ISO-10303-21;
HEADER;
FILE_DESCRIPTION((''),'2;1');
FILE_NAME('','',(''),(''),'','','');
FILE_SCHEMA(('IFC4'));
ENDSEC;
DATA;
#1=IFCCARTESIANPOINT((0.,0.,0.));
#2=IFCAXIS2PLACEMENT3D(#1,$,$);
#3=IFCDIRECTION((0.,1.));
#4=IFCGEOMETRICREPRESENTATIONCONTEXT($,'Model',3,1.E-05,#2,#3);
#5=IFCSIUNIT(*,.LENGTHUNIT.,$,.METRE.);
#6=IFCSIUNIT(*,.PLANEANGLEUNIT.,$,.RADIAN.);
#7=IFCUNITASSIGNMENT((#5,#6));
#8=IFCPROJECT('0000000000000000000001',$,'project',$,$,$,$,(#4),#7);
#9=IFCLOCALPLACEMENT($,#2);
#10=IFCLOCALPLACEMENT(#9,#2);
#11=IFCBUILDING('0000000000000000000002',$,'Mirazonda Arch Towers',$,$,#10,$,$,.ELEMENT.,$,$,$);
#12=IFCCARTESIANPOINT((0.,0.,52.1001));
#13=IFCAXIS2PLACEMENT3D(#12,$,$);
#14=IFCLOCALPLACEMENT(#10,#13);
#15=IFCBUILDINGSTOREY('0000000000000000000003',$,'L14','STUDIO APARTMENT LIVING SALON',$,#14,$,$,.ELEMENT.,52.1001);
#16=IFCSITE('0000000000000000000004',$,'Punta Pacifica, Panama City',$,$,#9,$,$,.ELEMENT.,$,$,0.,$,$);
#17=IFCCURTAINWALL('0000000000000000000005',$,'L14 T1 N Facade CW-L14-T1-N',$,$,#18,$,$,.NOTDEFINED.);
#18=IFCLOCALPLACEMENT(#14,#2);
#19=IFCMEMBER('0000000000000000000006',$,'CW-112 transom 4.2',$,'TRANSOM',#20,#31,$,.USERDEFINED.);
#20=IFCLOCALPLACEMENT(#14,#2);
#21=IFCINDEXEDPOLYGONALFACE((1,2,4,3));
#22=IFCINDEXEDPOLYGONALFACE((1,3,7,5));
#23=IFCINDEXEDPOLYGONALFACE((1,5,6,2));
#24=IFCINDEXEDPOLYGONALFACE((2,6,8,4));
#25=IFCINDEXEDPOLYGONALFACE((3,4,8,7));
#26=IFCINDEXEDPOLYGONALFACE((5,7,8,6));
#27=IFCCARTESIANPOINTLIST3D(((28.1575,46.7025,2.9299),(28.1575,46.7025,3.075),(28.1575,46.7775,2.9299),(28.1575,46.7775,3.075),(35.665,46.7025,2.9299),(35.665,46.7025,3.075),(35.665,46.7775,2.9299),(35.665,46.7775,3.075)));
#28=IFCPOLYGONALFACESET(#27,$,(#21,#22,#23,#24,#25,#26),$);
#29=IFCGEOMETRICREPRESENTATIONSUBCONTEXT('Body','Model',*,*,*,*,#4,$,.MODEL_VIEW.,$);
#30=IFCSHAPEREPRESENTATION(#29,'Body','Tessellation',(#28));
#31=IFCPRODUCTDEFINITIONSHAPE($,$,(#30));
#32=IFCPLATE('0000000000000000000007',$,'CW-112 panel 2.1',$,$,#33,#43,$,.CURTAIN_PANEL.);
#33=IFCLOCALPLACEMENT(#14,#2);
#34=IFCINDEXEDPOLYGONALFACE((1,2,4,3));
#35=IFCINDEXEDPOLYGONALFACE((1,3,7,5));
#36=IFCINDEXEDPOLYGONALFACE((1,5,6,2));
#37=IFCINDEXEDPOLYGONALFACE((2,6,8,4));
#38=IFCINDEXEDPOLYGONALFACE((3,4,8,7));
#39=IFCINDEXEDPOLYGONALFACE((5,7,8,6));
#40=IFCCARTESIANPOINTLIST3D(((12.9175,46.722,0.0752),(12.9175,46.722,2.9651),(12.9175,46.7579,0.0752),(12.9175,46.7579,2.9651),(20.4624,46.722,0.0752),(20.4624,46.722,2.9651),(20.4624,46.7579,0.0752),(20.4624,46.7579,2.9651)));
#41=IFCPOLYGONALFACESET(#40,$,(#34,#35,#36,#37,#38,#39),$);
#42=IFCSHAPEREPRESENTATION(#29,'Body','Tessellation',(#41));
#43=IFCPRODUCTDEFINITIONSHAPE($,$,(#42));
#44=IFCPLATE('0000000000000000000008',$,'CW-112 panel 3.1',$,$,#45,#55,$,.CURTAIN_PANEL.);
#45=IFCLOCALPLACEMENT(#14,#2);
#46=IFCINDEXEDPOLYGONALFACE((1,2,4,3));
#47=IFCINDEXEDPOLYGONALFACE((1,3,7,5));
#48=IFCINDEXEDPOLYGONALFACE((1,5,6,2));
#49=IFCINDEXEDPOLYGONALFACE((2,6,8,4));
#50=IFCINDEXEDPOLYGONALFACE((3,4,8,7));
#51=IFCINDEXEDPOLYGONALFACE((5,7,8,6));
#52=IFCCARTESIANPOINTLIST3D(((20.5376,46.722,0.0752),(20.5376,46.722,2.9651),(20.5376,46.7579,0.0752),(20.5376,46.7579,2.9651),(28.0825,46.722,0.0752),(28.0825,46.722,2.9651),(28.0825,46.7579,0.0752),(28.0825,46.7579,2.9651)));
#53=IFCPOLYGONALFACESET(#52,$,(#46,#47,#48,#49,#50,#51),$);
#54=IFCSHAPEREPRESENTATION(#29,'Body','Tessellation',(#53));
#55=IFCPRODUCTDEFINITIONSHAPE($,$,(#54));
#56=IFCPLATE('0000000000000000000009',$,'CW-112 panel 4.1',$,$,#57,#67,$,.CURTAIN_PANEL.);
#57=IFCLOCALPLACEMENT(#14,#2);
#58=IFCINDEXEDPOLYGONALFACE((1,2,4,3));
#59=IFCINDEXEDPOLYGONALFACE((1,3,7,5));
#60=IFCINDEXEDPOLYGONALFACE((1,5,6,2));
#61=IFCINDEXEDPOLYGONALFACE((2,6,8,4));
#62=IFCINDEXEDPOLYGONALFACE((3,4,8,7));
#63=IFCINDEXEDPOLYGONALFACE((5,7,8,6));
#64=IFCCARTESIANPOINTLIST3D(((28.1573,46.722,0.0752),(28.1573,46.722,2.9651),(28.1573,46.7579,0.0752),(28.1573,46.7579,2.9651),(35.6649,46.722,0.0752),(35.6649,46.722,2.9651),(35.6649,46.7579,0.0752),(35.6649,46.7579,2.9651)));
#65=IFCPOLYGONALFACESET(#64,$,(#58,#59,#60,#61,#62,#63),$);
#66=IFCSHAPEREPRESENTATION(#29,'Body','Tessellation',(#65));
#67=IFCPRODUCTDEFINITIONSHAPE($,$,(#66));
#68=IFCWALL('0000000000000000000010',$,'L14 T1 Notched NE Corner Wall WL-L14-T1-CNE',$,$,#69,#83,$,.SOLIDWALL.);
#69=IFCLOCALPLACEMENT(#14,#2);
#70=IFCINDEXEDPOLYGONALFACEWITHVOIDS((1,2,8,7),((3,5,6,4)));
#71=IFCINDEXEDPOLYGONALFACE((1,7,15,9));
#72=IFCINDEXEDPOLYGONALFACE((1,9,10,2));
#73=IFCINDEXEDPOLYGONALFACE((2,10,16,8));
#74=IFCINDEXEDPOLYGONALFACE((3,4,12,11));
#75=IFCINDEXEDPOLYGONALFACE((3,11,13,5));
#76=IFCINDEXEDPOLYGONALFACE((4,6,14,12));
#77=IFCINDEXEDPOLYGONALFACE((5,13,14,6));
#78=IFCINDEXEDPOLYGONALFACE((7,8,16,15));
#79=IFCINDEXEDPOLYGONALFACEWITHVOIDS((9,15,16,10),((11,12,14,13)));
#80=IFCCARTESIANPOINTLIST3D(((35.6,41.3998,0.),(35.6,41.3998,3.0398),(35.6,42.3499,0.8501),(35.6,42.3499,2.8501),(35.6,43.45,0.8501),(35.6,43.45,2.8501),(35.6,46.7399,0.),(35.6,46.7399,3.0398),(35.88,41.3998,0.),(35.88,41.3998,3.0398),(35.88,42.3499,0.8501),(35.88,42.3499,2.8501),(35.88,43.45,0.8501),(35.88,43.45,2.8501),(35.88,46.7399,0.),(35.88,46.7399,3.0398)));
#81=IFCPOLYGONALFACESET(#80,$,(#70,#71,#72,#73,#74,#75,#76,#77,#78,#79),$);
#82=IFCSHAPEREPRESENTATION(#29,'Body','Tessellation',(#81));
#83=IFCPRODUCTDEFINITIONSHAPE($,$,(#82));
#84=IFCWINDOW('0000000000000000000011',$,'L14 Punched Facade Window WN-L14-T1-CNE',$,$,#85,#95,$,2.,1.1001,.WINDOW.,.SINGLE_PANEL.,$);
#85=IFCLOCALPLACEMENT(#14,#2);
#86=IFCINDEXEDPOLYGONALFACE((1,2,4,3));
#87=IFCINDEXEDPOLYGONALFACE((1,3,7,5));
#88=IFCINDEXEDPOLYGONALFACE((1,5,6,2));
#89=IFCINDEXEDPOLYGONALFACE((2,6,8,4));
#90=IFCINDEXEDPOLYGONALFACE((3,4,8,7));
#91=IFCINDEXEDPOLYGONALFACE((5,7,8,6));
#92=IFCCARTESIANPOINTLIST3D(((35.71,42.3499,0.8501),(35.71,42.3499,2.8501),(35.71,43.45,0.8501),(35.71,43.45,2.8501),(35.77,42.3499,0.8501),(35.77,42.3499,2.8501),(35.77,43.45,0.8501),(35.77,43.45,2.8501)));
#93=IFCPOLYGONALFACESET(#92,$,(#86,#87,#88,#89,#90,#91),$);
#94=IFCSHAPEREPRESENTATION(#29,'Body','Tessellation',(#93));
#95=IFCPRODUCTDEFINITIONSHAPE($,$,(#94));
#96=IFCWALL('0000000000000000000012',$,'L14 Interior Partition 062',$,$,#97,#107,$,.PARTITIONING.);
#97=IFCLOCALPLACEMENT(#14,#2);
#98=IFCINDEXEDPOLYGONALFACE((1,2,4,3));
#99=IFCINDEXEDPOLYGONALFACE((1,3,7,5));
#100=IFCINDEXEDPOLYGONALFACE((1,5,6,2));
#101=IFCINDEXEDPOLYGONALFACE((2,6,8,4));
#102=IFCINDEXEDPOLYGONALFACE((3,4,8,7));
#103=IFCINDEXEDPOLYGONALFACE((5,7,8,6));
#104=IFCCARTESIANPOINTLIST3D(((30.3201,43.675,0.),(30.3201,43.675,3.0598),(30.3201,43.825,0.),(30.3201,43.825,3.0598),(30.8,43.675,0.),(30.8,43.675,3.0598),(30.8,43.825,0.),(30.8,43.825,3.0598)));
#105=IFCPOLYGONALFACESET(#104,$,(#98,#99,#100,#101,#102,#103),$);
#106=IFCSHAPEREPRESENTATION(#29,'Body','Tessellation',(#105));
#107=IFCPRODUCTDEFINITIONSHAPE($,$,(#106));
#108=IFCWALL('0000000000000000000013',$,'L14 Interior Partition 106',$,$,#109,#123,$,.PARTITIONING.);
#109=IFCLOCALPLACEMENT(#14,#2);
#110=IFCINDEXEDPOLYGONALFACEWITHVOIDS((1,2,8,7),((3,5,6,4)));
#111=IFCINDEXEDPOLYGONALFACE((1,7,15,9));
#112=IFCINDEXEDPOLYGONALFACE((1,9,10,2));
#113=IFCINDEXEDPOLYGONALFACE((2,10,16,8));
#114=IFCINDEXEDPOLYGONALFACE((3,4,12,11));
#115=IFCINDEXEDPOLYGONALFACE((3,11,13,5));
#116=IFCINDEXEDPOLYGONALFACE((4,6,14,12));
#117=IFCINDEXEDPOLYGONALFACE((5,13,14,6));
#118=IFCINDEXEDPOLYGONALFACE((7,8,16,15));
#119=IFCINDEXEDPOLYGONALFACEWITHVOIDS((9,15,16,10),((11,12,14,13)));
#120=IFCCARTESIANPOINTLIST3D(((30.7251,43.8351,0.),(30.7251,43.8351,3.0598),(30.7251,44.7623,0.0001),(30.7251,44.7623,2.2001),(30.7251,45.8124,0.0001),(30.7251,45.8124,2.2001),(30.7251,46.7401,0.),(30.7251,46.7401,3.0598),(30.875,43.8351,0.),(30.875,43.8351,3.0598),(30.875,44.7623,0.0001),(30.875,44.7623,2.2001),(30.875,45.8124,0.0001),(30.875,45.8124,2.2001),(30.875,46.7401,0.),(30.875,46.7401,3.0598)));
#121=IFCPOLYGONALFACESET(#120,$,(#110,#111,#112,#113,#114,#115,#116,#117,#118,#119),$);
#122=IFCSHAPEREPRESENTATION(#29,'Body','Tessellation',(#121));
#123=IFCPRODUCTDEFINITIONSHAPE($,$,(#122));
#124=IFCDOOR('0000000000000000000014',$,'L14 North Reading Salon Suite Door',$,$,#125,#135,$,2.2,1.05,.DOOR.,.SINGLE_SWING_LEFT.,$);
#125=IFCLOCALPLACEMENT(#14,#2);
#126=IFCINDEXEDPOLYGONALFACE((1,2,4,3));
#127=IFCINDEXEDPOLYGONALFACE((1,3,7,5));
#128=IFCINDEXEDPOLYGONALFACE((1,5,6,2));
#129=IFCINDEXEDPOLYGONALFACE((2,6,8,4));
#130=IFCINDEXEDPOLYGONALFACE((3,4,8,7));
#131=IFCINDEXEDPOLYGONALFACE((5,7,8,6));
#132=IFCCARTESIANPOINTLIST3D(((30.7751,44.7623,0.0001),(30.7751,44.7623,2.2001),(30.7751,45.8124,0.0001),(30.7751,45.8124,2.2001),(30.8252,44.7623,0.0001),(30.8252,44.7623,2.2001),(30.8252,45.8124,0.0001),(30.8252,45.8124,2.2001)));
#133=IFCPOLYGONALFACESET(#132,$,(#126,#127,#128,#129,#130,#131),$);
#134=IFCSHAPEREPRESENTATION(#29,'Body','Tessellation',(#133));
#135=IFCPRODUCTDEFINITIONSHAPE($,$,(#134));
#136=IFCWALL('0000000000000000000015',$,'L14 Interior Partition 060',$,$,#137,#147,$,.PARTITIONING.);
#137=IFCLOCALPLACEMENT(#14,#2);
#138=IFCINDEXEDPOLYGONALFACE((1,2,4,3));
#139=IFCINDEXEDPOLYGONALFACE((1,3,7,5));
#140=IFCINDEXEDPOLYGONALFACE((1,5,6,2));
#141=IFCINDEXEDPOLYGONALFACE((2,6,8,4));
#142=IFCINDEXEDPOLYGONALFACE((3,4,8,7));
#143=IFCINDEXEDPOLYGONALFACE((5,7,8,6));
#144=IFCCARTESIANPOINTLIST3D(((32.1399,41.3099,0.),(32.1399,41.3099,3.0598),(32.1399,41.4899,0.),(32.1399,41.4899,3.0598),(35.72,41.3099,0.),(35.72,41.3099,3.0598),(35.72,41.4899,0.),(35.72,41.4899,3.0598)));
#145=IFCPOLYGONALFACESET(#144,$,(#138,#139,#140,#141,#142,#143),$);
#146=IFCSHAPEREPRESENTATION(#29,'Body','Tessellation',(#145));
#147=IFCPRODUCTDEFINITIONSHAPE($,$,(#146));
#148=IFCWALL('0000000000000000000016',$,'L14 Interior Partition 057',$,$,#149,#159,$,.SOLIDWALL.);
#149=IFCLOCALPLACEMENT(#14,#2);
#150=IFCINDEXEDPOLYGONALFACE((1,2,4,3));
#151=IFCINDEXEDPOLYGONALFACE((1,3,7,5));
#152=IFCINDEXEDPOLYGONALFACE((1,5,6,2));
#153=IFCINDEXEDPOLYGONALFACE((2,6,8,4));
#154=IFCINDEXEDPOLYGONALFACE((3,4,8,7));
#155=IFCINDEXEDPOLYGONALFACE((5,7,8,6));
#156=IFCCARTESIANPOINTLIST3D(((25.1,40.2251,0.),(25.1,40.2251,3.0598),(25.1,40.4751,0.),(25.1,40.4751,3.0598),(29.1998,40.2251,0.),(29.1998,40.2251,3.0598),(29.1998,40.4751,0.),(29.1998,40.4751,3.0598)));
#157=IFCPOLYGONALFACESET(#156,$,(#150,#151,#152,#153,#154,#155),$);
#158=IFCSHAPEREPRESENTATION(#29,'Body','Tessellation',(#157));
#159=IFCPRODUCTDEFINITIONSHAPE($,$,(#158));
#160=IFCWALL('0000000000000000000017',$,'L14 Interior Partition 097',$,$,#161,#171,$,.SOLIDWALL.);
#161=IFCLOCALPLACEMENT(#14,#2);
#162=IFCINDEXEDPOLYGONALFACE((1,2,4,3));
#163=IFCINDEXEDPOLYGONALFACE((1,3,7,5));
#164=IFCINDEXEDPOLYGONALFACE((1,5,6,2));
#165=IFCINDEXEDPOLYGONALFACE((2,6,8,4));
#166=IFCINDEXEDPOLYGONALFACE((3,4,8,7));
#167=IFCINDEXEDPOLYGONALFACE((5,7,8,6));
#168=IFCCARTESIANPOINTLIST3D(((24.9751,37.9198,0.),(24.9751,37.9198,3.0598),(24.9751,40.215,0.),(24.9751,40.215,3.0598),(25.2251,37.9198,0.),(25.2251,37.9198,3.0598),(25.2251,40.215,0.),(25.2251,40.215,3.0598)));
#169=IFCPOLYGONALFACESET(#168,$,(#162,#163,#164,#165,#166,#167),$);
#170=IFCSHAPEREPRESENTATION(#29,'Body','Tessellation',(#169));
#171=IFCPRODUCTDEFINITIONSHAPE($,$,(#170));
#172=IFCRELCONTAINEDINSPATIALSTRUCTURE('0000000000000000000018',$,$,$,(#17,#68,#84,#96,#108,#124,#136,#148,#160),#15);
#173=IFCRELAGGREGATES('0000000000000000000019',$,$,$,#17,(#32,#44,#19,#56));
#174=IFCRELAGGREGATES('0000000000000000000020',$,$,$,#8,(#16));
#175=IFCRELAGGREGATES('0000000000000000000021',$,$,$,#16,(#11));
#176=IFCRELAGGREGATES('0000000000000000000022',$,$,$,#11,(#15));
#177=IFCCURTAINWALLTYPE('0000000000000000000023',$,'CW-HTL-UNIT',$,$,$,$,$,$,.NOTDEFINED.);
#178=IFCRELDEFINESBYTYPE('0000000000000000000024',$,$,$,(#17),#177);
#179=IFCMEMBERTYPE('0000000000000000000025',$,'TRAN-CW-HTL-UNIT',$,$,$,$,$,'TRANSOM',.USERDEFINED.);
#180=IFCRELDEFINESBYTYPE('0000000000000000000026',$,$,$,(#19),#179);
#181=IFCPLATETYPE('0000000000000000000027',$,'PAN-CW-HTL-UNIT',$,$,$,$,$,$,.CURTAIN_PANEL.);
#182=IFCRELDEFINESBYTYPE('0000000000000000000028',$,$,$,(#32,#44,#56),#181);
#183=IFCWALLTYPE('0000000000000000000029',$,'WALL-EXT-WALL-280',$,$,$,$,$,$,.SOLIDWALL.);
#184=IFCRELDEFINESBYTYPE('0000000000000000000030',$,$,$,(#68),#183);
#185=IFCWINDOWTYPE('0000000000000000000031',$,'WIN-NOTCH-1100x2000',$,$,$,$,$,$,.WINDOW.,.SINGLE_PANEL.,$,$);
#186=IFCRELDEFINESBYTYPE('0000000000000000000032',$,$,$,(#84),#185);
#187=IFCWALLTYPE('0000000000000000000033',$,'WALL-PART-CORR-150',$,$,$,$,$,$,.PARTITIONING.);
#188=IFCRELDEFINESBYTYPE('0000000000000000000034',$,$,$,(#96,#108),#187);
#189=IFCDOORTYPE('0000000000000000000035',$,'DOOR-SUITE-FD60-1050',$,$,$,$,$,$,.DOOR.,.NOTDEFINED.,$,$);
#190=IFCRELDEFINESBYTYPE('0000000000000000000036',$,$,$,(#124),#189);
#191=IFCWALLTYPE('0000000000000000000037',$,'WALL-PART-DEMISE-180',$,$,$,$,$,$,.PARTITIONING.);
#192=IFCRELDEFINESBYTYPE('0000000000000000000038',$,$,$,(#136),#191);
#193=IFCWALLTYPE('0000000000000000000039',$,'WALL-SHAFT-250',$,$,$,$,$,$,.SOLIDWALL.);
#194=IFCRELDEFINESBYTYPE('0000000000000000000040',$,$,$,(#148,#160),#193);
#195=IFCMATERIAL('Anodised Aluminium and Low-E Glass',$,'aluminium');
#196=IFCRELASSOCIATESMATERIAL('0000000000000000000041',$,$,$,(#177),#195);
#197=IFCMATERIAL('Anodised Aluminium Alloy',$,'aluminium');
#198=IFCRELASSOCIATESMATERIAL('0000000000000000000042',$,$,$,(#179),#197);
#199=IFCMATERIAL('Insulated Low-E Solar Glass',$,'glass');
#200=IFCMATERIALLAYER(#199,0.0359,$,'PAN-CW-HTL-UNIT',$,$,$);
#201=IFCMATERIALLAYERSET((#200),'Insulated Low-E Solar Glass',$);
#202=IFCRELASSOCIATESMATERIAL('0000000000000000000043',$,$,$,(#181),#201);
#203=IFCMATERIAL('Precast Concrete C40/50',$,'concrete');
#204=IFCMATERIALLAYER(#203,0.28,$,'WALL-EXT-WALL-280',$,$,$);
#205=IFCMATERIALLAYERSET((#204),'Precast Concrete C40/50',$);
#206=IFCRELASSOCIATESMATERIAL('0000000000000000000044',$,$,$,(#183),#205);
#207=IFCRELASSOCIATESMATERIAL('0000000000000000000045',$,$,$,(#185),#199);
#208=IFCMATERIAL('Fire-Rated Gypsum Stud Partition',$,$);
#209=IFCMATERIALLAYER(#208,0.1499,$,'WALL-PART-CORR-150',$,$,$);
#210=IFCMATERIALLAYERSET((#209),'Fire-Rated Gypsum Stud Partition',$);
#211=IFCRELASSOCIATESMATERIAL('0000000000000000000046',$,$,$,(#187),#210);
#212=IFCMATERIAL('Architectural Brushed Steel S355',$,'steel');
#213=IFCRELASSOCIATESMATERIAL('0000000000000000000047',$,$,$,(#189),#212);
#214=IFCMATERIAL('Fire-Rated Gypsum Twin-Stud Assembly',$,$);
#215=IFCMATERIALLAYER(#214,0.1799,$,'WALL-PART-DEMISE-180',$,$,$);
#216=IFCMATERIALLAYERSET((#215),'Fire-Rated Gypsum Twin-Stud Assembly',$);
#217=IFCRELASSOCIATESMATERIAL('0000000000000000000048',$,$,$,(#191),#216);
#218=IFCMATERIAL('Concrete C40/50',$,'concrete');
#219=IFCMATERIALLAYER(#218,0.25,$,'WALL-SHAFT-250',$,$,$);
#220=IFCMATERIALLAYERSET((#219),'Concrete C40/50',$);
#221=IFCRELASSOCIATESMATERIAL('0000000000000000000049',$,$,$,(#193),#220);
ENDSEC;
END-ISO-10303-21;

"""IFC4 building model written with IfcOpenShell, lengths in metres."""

from ifc_helpers import new_model, si_unit, direction, frame, frame_2d, origin, origin_2d, place, context, subcontext, project, spatial, rectangle, extrude, material, layer, layer_set, material_profile, profile_set, type_object, element, fill, aggregate, save


model = new_model("IFC4")

# Units and contexts
model_context = context("Model", 3, precision=1e-05, world=origin(), true_north=direction((0.0, 1.0)))
body_context = subcontext(model_context, "Body", "Model", "MODEL_VIEW")
ifc_project = project(units=[si_unit("LENGTHUNIT", "METRE"), si_unit("PLANEANGLEUNIT", "RADIAN")], contexts=[model_context])

# Site, building, storey
site_placement = place(None, origin())
site = spatial("IfcSite", under=ifc_project, at=site_placement, Name="Punta Pacifica, Panama City", CompositionType="ELEMENT", RefElevation=0.0)
building_placement = place(site_placement, origin())
building = spatial("IfcBuilding", under=site, at=building_placement, Name="Mirazonda Arch Towers", CompositionType="ELEMENT")
storey_placement = place(building_placement, frame((0.0, 0.0, 52.1001)))
storey = spatial("IfcBuildingStorey", under=building, at=storey_placement, Name="L14", Description="STUDIO APARTMENT LIVING SALON", CompositionType="ELEMENT", Elevation=52.1001)

# Curtain wall, member, plates
ifc_material_1 = material(Name="Anodised Aluminium and Low-E Glass", Category="aluminium")
curtain_wall_type = type_object("IfcCurtainWallType", Name="CW-HTL-UNIT", PredefinedType="NOTDEFINED", material=ifc_material_1)
curtain_wall_placement = place(storey_placement, origin())
curtain_wall = element("IfcCurtainWall", 1, at=curtain_wall_placement, inside=storey, type_object=curtain_wall_type, Name="L14 T1 N Facade CW-L14-T1-N", PredefinedType="NOTDEFINED")
ifc_material_2 = material(Name="Anodised Aluminium Alloy", Category="aluminium")
ifc_material_profile_1 = material_profile(ifc_material_2, rectangle(XDim=0.075, YDim=0.145, at=origin_2d()), Name="ALU-TRAN-75x145")
ifc_profile_set_1 = profile_set([ifc_material_profile_1], Name="Anodised Aluminium Alloy")
member_type_1 = type_object("IfcMemberType", Name="TRAN-CW-HTL-UNIT", ElementType="TRANSOM", PredefinedType="USERDEFINED", material=ifc_profile_set_1)
member_1_placement = place(storey_placement, frame((28.1575, 46.74, 3.0024), z_axis=(1.0, 0.0, 0.0), x_axis=(0.0, 1.0, 0.0)))
member_1 = element("IfcMember", 2, at=member_1_placement, type_object=member_type_1, Name="CW-112 transom 4.2", ObjectType="TRANSOM", PredefinedType="USERDEFINED", context=body_context, shape_type="SweptSolid", body=[
    extrude(rectangle(XDim=0.075, YDim=0.145, at=origin_2d()), origin(), (0.0, 0.0, 1.0), 7.5076),
])
ifc_material_3 = material(Name="Insulated Low-E Solar Glass", Category="glass")
ifc_layer_1 = layer(ifc_material_3, 0.0359, Name="PAN-CW-HTL-UNIT")
ifc_layer_set_1 = layer_set([ifc_layer_1], Name="Insulated Low-E Solar Glass")
plate_type = type_object("IfcPlateType", Name="PAN-CW-HTL-UNIT", PredefinedType="CURTAIN_PANEL", material=ifc_layer_set_1)
plate_1_placement = place(storey_placement, frame((16.6899, 46.74, 0.0752), z_axis=(0.0, 0.0, 1.0), x_axis=(1.0, 0.0, 0.0)))
plate_1 = element("IfcPlate", 3, at=plate_1_placement, type_object=plate_type, Name="CW-112 panel 2.1", PredefinedType="CURTAIN_PANEL", context=body_context, shape_type="SweptSolid", body=[
    extrude(rectangle(XDim=7.5449, YDim=0.0359, at=origin_2d()), origin(), (0.0, 0.0, 1.0), 2.8899),
])
plate_2_placement = place(storey_placement, frame((24.3101, 46.74, 0.0752), z_axis=(0.0, 0.0, 1.0), x_axis=(1.0, 0.0, 0.0)))
plate_2 = element("IfcPlate", 4, at=plate_2_placement, type_object=plate_type, Name="CW-112 panel 3.1", PredefinedType="CURTAIN_PANEL", context=body_context, shape_type="SweptSolid", body=[
    extrude(rectangle(XDim=7.5449, YDim=0.0359, at=origin_2d()), origin(), (0.0, 0.0, 1.0), 2.8899),
])
plate_3_placement = place(storey_placement, frame((31.9111, 46.74, 0.0752), z_axis=(0.0, 0.0, 1.0), x_axis=(1.0, 0.0, 0.0)))
plate_3 = element("IfcPlate", 5, at=plate_3_placement, type_object=plate_type, Name="CW-112 panel 4.1", PredefinedType="CURTAIN_PANEL", context=body_context, shape_type="SweptSolid", body=[
    extrude(rectangle(XDim=7.5076, YDim=0.0359, at=origin_2d()), origin(), (0.0, 0.0, 1.0), 2.8899),
])
aggregate(curtain_wall, [plate_1, plate_2, member_1, plate_3])

# Wall, opening, window
ifc_material_4 = material(Name="Precast Concrete C40/50", Category="concrete")
ifc_layer_2 = layer(ifc_material_4, 0.28, Name="WALL-EXT-WALL-280")
ifc_layer_set_2 = layer_set([ifc_layer_2], Name="Precast Concrete C40/50")
wall_type_1 = type_object("IfcWallType", Name="WALL-EXT-WALL-280", PredefinedType="SOLIDWALL", material=ifc_layer_set_2)
wall_1_placement = place(storey_placement, frame((35.74, 41.3999, 0.0), z_axis=(0.0, 0.0, 1.0), x_axis=(0.0, 1.0, 0.0)))
wall_1 = element("IfcWall", 6, at=wall_1_placement, inside=storey, type_object=wall_type_1, Name="L14 T1 Notched NE Corner Wall WL-L14-T1-CNE", PredefinedType="SOLIDWALL", context=body_context, shape_type="SweptSolid", body=[
    extrude(rectangle(XDim=5.3401, YDim=0.28, at=frame_2d((2.6699, 0.0))), origin(), (0.0, 0.0, 1.0), 3.0398),
])
opening_1_placement = place(wall_1_placement, frame((0.95, 0.0, 0.8501)))
opening_1 = element("IfcOpeningElement", 7, at=opening_1_placement, cuts=wall_1, PredefinedType="OPENING", context=body_context, shape_type="SweptSolid", body=[
    extrude(rectangle(XDim=1.1001, YDim=2.0, at=frame_2d((0.55, 1.0))), frame((0.0, 0.1499, 0.0), z_axis=(0.0, -1.0, 0.0), x_axis=(1.0, 0.0, 0.0)), (0.0, 0.0, 1.0), 0.3),
])
window_type = type_object("IfcWindowType", Name="WIN-NOTCH-1100x2000", PartitioningType="SINGLE_PANEL", PredefinedType="WINDOW", material=ifc_material_3)
window_placement = place(opening_1_placement, origin())
window = element("IfcWindow", 8, at=window_placement, inside=storey, type_object=window_type, Name="L14 Punched Facade Window WN-L14-T1-CNE", OverallHeight=2.0, OverallWidth=1.1001, PartitioningType="SINGLE_PANEL", PredefinedType="WINDOW", context=body_context, shape_type="SweptSolid", body=[
    extrude(rectangle(XDim=1.1001, YDim=2.0, at=frame_2d((0.55, 1.0))), frame((0.0, 0.03, 0.0), z_axis=(0.0, -1.0, 0.0), x_axis=(1.0, 0.0, 0.0)), (0.0, 0.0, 1.0), 0.0601),
])
fill(opening_1, window)

# Wall
ifc_material_5 = material(Name="Fire-Rated Gypsum Stud Partition")
ifc_layer_3 = layer(ifc_material_5, 0.1499, Name="WALL-PART-CORR-150")
ifc_layer_set_3 = layer_set([ifc_layer_3], Name="Fire-Rated Gypsum Stud Partition")
wall_type_2 = type_object("IfcWallType", Name="WALL-PART-CORR-150", PredefinedType="PARTITIONING", material=ifc_layer_set_3)
wall_2_placement = place(storey_placement, frame((30.3201, 43.75, 0.0), z_axis=(0.0, 0.0, 1.0), x_axis=(1.0, 0.0, 0.0)))
element("IfcWall", 9, at=wall_2_placement, inside=storey, type_object=wall_type_2, Name="L14 Interior Partition 062", PredefinedType="PARTITIONING", context=body_context, shape_type="SweptSolid", body=[
    extrude(rectangle(XDim=0.48, YDim=0.1499, at=frame_2d((0.24, 0.0))), origin(), (0.0, 0.0, 1.0), 3.0598),
])

# Wall, opening, door
wall_3_placement = place(storey_placement, frame((30.8, 43.835, 0.0), z_axis=(0.0, 0.0, 1.0), x_axis=(0.0, 1.0, 0.0)))
wall_3 = element("IfcWall", 10, at=wall_3_placement, inside=storey, type_object=wall_type_2, Name="L14 Interior Partition 106", PredefinedType="PARTITIONING", context=body_context, shape_type="SweptSolid", body=[
    extrude(rectangle(XDim=2.905, YDim=0.1499, at=frame_2d((1.4526, 0.0))), origin(), (0.0, 0.0, 1.0), 3.0598),
])
opening_2_placement = place(wall_3_placement, frame((0.9275, 0.0, 0.0)))
opening_2 = element("IfcOpeningElement", 11, at=opening_2_placement, cuts=wall_3, PredefinedType="OPENING", context=body_context, shape_type="SweptSolid", body=[
    extrude(rectangle(XDim=1.05, YDim=2.2, at=frame_2d((0.5249, 1.1001))), frame((0.0, 0.085, 0.0), z_axis=(0.0, -1.0, 0.0), x_axis=(1.0, 0.0, 0.0)), (0.0, 0.0, 1.0), 0.1699),
])
ifc_material_6 = material(Name="Architectural Brushed Steel S355", Category="steel")
door_type_1 = type_object("IfcDoorType", Name="DOOR-SUITE-FD60-1050", OperationType="NOTDEFINED", PredefinedType="DOOR", material=ifc_material_6)
door_1_placement = place(opening_2_placement, origin())
door_1 = element("IfcDoor", 12, at=door_1_placement, inside=storey, type_object=door_type_1, Name="L14 North Reading Salon Suite Door", OperationType="SINGLE_SWING_LEFT", OverallHeight=2.2, OverallWidth=1.05, PredefinedType="DOOR", context=body_context, shape_type="SweptSolid", body=[
    extrude(rectangle(XDim=1.05, YDim=2.2, at=frame_2d((0.5249, 1.1001))), frame((0.0, 0.0249, 0.0), z_axis=(0.0, -1.0, 0.0), x_axis=(1.0, 0.0, 0.0)), (0.0, 0.0, 1.0), 0.05),
])
fill(opening_2, door_1)

# Wall
ifc_material_7 = material(Name="Fire-Rated Gypsum Twin-Stud Assembly")
ifc_layer_4 = layer(ifc_material_7, 0.1799, Name="WALL-PART-DEMISE-180")
ifc_layer_set_4 = layer_set([ifc_layer_4], Name="Fire-Rated Gypsum Twin-Stud Assembly")
wall_type_3 = type_object("IfcWallType", Name="WALL-PART-DEMISE-180", PredefinedType="PARTITIONING", material=ifc_layer_set_4)
wall_4_placement = place(storey_placement, frame((32.1399, 41.3999, 0.0), z_axis=(0.0, 0.0, 1.0), x_axis=(1.0, 0.0, 0.0)))
element("IfcWall", 13, at=wall_4_placement, inside=storey, type_object=wall_type_3, Name="L14 Interior Partition 060", PredefinedType="PARTITIONING", context=body_context, shape_type="SweptSolid", body=[
    extrude(rectangle(XDim=3.5801, YDim=0.1799, at=frame_2d((1.79, 0.0))), origin(), (0.0, 0.0, 1.0), 3.0598),
])

# Walls
ifc_material_8 = material(Name="Concrete C40/50", Category="concrete")
ifc_layer_5 = layer(ifc_material_8, 0.25, Name="WALL-SHAFT-250")
ifc_layer_set_5 = layer_set([ifc_layer_5], Name="Concrete C40/50")
wall_type_4 = type_object("IfcWallType", Name="WALL-SHAFT-250", PredefinedType="SOLIDWALL", material=ifc_layer_set_5)
wall_5_placement = place(storey_placement, frame((25.1001, 40.3501, 0.0), z_axis=(0.0, 0.0, 1.0), x_axis=(1.0, 0.0, 0.0)))
element("IfcWall", 14, at=wall_5_placement, inside=storey, type_object=wall_type_4, Name="L14 Interior Partition 057", PredefinedType="SOLIDWALL", context=body_context, shape_type="SweptSolid", body=[
    extrude(rectangle(XDim=4.0999, YDim=0.25, at=frame_2d((2.0498, 0.0))), origin(), (0.0, 0.0, 1.0), 3.0598),
])
for number, where, z_axis, x_axis, name in (
    (15, (25.1001, 37.9199, 0.0), (0.0, 0.0, 1.0), (0.0, 1.0, 0.0), "L14 Interior Partition 097"),
):
    element("IfcWall", number, at=place(storey_placement, frame(where, z_axis=z_axis, x_axis=x_axis)), inside=storey, type_object=wall_type_4, Name=name, PredefinedType="SOLIDWALL", context=body_context, shape_type="SweptSolid", body=[
        extrude(rectangle(XDim=2.2952, YDim=0.25, at=frame_2d((1.1475, 0.0))), origin(), (0.0, 0.0, 1.0), 3.0598),
    ])

save(model, "model.ifc")
